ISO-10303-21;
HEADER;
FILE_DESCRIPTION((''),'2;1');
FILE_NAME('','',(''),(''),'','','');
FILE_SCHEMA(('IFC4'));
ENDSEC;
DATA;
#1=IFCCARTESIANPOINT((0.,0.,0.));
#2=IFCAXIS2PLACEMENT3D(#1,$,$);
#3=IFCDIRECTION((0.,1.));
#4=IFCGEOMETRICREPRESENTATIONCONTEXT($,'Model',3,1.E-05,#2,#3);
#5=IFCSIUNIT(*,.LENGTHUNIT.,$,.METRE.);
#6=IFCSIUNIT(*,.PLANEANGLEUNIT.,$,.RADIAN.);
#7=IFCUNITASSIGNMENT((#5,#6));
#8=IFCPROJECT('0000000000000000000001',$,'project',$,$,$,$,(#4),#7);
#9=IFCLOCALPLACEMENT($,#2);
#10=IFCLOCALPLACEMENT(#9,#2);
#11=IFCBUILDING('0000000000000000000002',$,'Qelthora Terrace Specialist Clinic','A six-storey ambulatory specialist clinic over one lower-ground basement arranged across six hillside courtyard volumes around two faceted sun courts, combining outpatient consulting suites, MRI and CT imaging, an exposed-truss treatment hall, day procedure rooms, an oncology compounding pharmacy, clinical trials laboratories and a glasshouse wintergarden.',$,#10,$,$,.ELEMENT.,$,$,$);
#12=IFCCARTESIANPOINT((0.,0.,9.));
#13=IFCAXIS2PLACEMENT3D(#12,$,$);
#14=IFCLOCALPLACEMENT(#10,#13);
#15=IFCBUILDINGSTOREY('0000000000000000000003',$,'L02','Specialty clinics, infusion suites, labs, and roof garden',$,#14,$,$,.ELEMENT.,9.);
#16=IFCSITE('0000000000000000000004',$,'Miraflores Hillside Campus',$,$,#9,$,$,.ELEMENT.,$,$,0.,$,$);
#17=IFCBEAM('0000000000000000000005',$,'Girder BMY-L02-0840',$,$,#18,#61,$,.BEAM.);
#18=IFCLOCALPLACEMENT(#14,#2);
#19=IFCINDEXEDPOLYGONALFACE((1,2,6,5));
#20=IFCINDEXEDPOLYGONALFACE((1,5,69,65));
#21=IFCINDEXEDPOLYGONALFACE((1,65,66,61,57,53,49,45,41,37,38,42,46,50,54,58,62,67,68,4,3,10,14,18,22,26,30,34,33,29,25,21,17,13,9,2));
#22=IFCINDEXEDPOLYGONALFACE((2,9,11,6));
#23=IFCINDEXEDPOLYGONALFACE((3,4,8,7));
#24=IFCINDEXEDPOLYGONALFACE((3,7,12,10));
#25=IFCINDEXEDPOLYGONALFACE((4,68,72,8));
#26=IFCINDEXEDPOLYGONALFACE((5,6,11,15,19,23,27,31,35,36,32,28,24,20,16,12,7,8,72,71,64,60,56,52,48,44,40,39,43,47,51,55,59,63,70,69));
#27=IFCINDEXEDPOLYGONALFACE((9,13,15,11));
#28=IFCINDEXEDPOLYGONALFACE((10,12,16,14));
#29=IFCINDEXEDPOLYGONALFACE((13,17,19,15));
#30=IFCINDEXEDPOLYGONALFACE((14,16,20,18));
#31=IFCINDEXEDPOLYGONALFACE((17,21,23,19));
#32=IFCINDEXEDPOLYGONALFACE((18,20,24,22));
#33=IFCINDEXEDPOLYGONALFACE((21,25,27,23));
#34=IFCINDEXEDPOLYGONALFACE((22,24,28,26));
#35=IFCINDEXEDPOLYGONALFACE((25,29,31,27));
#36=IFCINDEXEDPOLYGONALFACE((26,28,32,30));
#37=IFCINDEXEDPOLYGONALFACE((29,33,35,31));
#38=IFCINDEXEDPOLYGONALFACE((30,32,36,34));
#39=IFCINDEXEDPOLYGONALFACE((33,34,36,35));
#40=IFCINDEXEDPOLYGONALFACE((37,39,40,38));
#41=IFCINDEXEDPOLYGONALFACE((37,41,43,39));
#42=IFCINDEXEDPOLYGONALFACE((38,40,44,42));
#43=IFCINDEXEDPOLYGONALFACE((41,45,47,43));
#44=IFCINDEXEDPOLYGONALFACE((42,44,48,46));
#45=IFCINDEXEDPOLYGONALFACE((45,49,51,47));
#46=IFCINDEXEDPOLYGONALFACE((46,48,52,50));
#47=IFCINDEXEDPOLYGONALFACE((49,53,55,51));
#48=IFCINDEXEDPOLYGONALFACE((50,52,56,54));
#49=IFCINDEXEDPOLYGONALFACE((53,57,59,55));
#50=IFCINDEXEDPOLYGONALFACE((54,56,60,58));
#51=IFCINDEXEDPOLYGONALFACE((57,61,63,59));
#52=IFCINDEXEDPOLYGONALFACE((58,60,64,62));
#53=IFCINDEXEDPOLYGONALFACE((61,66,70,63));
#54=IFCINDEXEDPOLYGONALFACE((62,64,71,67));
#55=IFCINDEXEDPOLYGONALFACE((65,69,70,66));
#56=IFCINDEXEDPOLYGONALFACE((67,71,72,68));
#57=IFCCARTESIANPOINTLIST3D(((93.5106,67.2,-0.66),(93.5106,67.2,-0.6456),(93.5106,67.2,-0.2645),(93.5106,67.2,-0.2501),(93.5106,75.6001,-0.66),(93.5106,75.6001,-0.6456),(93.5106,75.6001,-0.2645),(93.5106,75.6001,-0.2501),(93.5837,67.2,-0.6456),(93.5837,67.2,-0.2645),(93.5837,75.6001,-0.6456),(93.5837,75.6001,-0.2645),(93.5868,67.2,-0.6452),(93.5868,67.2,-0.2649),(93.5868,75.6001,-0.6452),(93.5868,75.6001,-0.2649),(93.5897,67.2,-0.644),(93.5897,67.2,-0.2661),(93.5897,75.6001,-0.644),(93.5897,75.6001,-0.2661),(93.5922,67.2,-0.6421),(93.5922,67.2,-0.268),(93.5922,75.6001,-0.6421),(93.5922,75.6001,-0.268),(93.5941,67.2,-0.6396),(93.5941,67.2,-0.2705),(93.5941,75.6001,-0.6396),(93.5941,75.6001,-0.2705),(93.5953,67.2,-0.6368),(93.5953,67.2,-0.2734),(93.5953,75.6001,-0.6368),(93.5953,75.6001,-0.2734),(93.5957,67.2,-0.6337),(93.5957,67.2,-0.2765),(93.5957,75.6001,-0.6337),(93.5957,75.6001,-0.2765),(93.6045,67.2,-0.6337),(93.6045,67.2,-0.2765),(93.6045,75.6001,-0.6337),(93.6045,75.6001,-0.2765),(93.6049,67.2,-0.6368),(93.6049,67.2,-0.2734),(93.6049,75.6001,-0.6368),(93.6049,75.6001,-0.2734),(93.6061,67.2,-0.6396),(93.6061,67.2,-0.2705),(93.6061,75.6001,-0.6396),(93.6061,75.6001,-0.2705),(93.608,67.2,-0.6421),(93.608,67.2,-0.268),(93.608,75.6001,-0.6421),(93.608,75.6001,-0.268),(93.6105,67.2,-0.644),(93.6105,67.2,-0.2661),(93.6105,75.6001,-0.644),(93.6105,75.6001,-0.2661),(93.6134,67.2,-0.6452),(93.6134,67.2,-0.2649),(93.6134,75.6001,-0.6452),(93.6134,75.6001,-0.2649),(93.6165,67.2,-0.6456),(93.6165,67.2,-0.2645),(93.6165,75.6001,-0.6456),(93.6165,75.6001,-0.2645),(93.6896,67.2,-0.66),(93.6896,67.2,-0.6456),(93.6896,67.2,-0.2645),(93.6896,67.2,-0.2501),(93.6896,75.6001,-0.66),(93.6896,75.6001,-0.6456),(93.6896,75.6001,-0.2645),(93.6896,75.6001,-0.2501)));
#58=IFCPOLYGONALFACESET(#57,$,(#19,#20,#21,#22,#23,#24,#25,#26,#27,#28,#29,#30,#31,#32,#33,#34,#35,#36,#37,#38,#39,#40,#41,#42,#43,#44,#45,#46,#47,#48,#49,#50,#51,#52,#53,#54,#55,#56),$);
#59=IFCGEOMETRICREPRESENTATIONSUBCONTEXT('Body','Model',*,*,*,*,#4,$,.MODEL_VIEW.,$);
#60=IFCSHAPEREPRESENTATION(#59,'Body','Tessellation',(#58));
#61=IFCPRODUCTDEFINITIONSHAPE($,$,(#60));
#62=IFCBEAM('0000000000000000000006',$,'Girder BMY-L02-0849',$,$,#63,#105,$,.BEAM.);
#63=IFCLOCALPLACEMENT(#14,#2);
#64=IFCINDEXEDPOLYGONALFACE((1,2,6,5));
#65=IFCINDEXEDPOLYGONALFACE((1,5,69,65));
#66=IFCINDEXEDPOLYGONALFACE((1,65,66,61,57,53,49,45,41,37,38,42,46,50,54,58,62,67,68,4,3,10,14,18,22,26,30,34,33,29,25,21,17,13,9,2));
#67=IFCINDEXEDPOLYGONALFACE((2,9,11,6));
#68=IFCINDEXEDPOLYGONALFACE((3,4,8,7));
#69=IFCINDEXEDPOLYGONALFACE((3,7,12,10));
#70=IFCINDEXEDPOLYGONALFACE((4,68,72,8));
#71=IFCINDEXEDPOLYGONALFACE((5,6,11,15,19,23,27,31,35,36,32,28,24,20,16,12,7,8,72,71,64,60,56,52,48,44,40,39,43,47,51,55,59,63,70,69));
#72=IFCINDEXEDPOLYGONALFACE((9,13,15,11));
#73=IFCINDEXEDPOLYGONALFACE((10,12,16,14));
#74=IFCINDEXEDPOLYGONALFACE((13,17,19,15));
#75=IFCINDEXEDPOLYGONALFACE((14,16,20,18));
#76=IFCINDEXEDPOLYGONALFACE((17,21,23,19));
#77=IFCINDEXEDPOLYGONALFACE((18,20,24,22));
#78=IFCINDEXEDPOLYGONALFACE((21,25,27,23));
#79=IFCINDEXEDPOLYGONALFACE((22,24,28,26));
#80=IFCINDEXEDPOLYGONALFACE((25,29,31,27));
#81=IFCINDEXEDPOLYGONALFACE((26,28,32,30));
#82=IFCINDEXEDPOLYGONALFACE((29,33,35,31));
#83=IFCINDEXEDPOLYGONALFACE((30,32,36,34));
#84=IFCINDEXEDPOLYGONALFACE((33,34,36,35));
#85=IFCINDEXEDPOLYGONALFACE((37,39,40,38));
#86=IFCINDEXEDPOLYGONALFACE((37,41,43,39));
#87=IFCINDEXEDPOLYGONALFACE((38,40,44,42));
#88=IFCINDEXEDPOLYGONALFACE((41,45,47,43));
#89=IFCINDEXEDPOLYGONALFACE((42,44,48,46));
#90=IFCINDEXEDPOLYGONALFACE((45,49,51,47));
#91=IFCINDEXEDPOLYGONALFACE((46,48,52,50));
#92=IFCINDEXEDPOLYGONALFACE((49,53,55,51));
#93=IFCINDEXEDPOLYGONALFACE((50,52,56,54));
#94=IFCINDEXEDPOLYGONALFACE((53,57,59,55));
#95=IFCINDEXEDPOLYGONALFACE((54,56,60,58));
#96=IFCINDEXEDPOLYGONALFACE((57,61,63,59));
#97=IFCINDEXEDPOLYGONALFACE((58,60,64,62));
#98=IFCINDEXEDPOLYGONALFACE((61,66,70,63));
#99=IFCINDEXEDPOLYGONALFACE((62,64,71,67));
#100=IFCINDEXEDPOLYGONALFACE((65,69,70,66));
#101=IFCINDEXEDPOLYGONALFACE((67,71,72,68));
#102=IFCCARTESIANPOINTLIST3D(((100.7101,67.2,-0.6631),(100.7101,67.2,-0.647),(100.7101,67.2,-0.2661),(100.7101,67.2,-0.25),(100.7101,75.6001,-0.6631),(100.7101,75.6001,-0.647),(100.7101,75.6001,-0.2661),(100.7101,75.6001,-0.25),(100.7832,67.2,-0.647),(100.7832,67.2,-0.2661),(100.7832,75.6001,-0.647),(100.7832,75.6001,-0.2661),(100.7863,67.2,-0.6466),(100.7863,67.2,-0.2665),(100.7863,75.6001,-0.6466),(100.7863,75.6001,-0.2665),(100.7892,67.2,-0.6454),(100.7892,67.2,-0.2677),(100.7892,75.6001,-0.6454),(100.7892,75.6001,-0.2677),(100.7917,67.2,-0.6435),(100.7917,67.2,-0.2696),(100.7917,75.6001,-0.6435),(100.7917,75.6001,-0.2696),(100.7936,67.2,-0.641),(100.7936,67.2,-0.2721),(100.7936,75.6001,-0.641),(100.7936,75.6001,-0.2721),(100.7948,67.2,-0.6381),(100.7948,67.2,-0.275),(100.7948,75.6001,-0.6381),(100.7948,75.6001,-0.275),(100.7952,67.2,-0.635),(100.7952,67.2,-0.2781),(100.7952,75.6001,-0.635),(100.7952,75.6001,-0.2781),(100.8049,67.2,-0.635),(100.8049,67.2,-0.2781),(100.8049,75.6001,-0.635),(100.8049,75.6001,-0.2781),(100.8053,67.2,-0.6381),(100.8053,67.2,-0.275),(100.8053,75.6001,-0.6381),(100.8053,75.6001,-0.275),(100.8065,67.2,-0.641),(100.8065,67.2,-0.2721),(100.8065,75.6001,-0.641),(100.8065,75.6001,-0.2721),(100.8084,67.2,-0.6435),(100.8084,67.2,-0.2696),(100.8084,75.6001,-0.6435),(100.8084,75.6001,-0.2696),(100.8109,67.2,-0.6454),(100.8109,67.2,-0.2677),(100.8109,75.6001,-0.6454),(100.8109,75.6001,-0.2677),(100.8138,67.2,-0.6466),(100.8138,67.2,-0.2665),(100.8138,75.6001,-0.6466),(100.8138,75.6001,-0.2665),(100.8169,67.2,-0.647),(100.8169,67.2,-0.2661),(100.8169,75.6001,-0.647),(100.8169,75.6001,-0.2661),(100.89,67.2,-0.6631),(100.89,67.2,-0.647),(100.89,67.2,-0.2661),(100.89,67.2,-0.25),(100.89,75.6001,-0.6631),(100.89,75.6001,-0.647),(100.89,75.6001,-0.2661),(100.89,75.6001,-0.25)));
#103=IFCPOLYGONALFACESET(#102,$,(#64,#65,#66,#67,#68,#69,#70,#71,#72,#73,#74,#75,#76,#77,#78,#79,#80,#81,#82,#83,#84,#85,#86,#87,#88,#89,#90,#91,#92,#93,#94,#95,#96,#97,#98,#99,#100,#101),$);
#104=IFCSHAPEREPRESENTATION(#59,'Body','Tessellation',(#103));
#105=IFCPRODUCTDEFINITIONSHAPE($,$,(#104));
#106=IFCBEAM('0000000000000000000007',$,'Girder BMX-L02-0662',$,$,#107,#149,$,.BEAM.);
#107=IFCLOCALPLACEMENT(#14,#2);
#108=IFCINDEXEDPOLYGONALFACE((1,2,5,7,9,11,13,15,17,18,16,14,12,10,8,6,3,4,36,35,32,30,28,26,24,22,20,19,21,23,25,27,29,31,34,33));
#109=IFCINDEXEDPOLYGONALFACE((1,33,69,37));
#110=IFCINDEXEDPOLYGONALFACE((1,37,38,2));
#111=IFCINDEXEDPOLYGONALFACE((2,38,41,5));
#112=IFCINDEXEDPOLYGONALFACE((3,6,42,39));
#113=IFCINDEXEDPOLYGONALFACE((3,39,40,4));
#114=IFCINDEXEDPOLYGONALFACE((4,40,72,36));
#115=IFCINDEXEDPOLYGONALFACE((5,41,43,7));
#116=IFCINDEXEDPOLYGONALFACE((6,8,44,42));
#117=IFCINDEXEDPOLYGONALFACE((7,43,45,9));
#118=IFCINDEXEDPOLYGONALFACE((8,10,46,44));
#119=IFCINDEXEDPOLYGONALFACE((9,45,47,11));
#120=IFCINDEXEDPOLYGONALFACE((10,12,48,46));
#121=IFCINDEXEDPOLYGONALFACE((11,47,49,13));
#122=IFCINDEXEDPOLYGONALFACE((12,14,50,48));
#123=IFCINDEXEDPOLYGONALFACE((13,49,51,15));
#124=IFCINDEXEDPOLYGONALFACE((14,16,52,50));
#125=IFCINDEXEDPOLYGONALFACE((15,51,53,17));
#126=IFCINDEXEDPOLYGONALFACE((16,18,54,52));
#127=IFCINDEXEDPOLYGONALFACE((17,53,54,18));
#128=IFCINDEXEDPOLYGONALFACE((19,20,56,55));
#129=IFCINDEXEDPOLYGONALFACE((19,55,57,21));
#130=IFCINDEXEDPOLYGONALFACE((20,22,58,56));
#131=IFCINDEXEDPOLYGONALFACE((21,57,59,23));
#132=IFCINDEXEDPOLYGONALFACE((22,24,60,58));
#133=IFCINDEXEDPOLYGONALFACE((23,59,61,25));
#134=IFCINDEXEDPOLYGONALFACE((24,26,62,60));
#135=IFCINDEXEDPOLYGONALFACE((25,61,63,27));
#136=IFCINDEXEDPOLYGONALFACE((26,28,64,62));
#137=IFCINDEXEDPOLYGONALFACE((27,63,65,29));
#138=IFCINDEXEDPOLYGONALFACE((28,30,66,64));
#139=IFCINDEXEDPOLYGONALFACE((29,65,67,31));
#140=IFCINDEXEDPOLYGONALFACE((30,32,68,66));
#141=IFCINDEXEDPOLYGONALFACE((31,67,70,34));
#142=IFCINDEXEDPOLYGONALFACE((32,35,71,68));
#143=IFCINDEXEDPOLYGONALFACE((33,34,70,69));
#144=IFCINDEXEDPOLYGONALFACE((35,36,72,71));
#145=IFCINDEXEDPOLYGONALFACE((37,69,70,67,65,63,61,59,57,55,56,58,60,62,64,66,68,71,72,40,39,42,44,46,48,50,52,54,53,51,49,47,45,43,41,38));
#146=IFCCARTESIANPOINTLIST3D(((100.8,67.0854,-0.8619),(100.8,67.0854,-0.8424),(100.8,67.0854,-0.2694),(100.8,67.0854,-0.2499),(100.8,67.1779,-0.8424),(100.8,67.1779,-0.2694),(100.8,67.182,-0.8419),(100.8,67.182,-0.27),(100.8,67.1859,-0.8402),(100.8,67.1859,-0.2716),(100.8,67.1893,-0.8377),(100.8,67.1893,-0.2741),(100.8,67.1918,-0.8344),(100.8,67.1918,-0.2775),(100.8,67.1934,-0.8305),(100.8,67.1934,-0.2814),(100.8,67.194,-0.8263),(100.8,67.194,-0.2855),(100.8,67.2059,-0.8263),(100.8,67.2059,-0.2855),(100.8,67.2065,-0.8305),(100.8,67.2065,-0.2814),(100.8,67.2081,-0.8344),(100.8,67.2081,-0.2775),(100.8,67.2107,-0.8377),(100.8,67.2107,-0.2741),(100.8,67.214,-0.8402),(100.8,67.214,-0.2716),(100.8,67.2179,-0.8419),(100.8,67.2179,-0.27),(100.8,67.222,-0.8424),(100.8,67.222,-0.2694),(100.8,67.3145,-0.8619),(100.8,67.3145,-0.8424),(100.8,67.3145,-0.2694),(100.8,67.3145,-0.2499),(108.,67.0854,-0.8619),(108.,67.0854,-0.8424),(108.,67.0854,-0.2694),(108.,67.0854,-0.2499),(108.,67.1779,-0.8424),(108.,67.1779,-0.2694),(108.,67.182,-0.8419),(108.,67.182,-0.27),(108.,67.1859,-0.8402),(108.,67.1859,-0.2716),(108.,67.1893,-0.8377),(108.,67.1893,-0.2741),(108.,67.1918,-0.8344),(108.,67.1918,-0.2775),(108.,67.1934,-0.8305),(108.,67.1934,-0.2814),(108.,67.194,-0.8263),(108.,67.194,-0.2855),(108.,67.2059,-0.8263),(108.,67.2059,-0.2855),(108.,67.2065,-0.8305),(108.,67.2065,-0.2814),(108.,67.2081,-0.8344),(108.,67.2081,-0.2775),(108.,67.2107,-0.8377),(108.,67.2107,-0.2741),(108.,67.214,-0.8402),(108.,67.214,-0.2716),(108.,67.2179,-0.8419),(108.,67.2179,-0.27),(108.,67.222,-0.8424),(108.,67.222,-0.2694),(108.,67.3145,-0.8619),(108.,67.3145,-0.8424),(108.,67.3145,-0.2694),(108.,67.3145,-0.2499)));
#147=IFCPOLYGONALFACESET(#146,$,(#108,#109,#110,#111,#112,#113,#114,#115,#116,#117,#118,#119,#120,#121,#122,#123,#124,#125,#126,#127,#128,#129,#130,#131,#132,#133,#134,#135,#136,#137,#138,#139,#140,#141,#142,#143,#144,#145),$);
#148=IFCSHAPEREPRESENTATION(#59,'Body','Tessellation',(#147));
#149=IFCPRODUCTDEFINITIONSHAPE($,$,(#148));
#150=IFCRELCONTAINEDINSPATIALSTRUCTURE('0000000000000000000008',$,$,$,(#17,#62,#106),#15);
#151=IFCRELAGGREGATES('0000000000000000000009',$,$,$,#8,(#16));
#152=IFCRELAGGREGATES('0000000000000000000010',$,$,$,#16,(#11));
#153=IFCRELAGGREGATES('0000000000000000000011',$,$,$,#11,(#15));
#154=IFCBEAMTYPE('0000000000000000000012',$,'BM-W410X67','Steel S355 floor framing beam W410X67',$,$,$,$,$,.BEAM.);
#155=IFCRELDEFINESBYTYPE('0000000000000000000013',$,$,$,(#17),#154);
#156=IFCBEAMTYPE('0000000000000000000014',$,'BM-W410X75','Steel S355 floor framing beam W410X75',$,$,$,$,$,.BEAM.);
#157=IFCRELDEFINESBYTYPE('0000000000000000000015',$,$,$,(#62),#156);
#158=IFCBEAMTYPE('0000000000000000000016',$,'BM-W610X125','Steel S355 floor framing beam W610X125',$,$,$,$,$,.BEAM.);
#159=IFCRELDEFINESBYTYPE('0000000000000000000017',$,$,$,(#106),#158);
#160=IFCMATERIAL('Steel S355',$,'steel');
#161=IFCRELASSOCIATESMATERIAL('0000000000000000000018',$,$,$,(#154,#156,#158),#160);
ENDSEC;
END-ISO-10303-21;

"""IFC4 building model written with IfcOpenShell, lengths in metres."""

from ifc_helpers import new_model, si_unit, direction, frame, origin, origin_2d, place, context, subcontext, project, spatial, i_section, extrude, material, material_profile, profile_set, type_object, element, save


model = new_model("IFC4")

# Units and contexts
model_context = context("Model", 3, precision=1e-05, world=origin(), true_north=direction((0.0, 1.0)))
body_context = subcontext(model_context, "Body", "Model", "MODEL_VIEW")
ifc_project = project(units=[si_unit("LENGTHUNIT", "METRE"), si_unit("PLANEANGLEUNIT", "RADIAN")], contexts=[model_context])

# Site, building, storey
site_placement = place(None, origin())
site = spatial("IfcSite", under=ifc_project, at=site_placement, Name="Miraflores Hillside Campus", CompositionType="ELEMENT", RefElevation=0.0)
building_placement = place(site_placement, origin())
building = spatial("IfcBuilding", under=site, at=building_placement, Name="Qelthora Terrace Specialist Clinic", Description="A six-storey ambulatory specialist clinic over one lower-ground basement arranged across six hillside courtyard volumes around two faceted sun courts, combining outpatient consulting suites, MRI and CT imaging, an exposed-truss treatment hall, day procedure rooms, an oncology compounding pharmacy, clinical trials laboratories and a glasshouse wintergarden.", CompositionType="ELEMENT")
storey_placement = place(building_placement, frame((0.0, 0.0, 9.0)))
storey = spatial("IfcBuildingStorey", under=building, at=storey_placement, Name="L02", Description="Specialty clinics, infusion suites, labs, and roof garden", CompositionType="ELEMENT", Elevation=9.0)

# Shared definitions
ifc_material_1 = material(Name="Steel S355", Category="steel")

# Beams
ifc_material_profile_1 = material_profile(ifc_material_1, i_section(OverallWidth=0.179, OverallDepth=0.4099, WebThickness=0.0088, FlangeThickness=0.0144, FilletRadius=0.012, at=origin_2d()), Name="W410X67")
ifc_profile_set_1 = profile_set([ifc_material_profile_1], Name="Steel S355")
beam_type_1 = type_object("IfcBeamType", Name="BM-W410X67", Description="Steel S355 floor framing beam W410X67", PredefinedType="BEAM", material=ifc_profile_set_1)
beam_1_placement = place(storey_placement, frame((93.6001, 67.2, -0.4551), z_axis=(0.0, 1.0, 0.0), x_axis=(-1.0, 0.0, 0.0)))
element("IfcBeam", 1, at=beam_1_placement, inside=storey, type_object=beam_type_1, Name="Girder BMY-L02-0840", PredefinedType="BEAM", context=body_context, shape_type="SweptSolid", body=[
    extrude(i_section(OverallWidth=0.179, OverallDepth=0.4099, WebThickness=0.0088, FlangeThickness=0.0144, FilletRadius=0.012, at=origin_2d()), origin(), (0.0, 0.0, 1.0), 8.4001),
])
ifc_material_profile_2 = material_profile(ifc_material_1, i_section(OverallWidth=0.1799, OverallDepth=0.4131, WebThickness=0.0098, FlangeThickness=0.0161, FilletRadius=0.012, at=origin_2d()), Name="W410X75")
ifc_profile_set_2 = profile_set([ifc_material_profile_2], Name="Steel S355")
beam_type_2 = type_object("IfcBeamType", Name="BM-W410X75", Description="Steel S355 floor framing beam W410X75", PredefinedType="BEAM", material=ifc_profile_set_2)
beam_2_placement = place(storey_placement, frame((100.8, 67.2, -0.4565), z_axis=(0.0, 1.0, 0.0), x_axis=(-1.0, 0.0, 0.0)))
element("IfcBeam", 2, at=beam_2_placement, inside=storey, type_object=beam_type_2, Name="Girder BMY-L02-0849", PredefinedType="BEAM", context=body_context, shape_type="SweptSolid", body=[
    extrude(i_section(OverallWidth=0.1799, OverallDepth=0.4131, WebThickness=0.0098, FlangeThickness=0.0161, FilletRadius=0.012, at=origin_2d()), origin(), (0.0, 0.0, 1.0), 8.4001),
])
ifc_material_profile_3 = material_profile(ifc_material_1, i_section(OverallWidth=0.229, OverallDepth=0.6121, WebThickness=0.012, FlangeThickness=0.0195, FilletRadius=0.0161, at=origin_2d()), Name="W610X125")
ifc_profile_set_3 = profile_set([ifc_material_profile_3], Name="Steel S355")
beam_type_3 = type_object("IfcBeamType", Name="BM-W610X125", Description="Steel S355 floor framing beam W610X125", PredefinedType="BEAM", material=ifc_profile_set_3)
beam_3_placement = place(storey_placement, frame((100.8, 67.2, -0.5559), z_axis=(1.0, 0.0, 0.0), x_axis=(0.0, 1.0, 0.0)))
element("IfcBeam", 3, at=beam_3_placement, inside=storey, type_object=beam_type_3, Name="Girder BMX-L02-0662", PredefinedType="BEAM", context=body_context, shape_type="SweptSolid", body=[
    extrude(i_section(OverallWidth=0.229, OverallDepth=0.6121, WebThickness=0.012, FlangeThickness=0.0195, FilletRadius=0.0161, at=origin_2d()), origin(), (0.0, 0.0, 1.0), 7.2),
])

save(model, "model.ifc")
